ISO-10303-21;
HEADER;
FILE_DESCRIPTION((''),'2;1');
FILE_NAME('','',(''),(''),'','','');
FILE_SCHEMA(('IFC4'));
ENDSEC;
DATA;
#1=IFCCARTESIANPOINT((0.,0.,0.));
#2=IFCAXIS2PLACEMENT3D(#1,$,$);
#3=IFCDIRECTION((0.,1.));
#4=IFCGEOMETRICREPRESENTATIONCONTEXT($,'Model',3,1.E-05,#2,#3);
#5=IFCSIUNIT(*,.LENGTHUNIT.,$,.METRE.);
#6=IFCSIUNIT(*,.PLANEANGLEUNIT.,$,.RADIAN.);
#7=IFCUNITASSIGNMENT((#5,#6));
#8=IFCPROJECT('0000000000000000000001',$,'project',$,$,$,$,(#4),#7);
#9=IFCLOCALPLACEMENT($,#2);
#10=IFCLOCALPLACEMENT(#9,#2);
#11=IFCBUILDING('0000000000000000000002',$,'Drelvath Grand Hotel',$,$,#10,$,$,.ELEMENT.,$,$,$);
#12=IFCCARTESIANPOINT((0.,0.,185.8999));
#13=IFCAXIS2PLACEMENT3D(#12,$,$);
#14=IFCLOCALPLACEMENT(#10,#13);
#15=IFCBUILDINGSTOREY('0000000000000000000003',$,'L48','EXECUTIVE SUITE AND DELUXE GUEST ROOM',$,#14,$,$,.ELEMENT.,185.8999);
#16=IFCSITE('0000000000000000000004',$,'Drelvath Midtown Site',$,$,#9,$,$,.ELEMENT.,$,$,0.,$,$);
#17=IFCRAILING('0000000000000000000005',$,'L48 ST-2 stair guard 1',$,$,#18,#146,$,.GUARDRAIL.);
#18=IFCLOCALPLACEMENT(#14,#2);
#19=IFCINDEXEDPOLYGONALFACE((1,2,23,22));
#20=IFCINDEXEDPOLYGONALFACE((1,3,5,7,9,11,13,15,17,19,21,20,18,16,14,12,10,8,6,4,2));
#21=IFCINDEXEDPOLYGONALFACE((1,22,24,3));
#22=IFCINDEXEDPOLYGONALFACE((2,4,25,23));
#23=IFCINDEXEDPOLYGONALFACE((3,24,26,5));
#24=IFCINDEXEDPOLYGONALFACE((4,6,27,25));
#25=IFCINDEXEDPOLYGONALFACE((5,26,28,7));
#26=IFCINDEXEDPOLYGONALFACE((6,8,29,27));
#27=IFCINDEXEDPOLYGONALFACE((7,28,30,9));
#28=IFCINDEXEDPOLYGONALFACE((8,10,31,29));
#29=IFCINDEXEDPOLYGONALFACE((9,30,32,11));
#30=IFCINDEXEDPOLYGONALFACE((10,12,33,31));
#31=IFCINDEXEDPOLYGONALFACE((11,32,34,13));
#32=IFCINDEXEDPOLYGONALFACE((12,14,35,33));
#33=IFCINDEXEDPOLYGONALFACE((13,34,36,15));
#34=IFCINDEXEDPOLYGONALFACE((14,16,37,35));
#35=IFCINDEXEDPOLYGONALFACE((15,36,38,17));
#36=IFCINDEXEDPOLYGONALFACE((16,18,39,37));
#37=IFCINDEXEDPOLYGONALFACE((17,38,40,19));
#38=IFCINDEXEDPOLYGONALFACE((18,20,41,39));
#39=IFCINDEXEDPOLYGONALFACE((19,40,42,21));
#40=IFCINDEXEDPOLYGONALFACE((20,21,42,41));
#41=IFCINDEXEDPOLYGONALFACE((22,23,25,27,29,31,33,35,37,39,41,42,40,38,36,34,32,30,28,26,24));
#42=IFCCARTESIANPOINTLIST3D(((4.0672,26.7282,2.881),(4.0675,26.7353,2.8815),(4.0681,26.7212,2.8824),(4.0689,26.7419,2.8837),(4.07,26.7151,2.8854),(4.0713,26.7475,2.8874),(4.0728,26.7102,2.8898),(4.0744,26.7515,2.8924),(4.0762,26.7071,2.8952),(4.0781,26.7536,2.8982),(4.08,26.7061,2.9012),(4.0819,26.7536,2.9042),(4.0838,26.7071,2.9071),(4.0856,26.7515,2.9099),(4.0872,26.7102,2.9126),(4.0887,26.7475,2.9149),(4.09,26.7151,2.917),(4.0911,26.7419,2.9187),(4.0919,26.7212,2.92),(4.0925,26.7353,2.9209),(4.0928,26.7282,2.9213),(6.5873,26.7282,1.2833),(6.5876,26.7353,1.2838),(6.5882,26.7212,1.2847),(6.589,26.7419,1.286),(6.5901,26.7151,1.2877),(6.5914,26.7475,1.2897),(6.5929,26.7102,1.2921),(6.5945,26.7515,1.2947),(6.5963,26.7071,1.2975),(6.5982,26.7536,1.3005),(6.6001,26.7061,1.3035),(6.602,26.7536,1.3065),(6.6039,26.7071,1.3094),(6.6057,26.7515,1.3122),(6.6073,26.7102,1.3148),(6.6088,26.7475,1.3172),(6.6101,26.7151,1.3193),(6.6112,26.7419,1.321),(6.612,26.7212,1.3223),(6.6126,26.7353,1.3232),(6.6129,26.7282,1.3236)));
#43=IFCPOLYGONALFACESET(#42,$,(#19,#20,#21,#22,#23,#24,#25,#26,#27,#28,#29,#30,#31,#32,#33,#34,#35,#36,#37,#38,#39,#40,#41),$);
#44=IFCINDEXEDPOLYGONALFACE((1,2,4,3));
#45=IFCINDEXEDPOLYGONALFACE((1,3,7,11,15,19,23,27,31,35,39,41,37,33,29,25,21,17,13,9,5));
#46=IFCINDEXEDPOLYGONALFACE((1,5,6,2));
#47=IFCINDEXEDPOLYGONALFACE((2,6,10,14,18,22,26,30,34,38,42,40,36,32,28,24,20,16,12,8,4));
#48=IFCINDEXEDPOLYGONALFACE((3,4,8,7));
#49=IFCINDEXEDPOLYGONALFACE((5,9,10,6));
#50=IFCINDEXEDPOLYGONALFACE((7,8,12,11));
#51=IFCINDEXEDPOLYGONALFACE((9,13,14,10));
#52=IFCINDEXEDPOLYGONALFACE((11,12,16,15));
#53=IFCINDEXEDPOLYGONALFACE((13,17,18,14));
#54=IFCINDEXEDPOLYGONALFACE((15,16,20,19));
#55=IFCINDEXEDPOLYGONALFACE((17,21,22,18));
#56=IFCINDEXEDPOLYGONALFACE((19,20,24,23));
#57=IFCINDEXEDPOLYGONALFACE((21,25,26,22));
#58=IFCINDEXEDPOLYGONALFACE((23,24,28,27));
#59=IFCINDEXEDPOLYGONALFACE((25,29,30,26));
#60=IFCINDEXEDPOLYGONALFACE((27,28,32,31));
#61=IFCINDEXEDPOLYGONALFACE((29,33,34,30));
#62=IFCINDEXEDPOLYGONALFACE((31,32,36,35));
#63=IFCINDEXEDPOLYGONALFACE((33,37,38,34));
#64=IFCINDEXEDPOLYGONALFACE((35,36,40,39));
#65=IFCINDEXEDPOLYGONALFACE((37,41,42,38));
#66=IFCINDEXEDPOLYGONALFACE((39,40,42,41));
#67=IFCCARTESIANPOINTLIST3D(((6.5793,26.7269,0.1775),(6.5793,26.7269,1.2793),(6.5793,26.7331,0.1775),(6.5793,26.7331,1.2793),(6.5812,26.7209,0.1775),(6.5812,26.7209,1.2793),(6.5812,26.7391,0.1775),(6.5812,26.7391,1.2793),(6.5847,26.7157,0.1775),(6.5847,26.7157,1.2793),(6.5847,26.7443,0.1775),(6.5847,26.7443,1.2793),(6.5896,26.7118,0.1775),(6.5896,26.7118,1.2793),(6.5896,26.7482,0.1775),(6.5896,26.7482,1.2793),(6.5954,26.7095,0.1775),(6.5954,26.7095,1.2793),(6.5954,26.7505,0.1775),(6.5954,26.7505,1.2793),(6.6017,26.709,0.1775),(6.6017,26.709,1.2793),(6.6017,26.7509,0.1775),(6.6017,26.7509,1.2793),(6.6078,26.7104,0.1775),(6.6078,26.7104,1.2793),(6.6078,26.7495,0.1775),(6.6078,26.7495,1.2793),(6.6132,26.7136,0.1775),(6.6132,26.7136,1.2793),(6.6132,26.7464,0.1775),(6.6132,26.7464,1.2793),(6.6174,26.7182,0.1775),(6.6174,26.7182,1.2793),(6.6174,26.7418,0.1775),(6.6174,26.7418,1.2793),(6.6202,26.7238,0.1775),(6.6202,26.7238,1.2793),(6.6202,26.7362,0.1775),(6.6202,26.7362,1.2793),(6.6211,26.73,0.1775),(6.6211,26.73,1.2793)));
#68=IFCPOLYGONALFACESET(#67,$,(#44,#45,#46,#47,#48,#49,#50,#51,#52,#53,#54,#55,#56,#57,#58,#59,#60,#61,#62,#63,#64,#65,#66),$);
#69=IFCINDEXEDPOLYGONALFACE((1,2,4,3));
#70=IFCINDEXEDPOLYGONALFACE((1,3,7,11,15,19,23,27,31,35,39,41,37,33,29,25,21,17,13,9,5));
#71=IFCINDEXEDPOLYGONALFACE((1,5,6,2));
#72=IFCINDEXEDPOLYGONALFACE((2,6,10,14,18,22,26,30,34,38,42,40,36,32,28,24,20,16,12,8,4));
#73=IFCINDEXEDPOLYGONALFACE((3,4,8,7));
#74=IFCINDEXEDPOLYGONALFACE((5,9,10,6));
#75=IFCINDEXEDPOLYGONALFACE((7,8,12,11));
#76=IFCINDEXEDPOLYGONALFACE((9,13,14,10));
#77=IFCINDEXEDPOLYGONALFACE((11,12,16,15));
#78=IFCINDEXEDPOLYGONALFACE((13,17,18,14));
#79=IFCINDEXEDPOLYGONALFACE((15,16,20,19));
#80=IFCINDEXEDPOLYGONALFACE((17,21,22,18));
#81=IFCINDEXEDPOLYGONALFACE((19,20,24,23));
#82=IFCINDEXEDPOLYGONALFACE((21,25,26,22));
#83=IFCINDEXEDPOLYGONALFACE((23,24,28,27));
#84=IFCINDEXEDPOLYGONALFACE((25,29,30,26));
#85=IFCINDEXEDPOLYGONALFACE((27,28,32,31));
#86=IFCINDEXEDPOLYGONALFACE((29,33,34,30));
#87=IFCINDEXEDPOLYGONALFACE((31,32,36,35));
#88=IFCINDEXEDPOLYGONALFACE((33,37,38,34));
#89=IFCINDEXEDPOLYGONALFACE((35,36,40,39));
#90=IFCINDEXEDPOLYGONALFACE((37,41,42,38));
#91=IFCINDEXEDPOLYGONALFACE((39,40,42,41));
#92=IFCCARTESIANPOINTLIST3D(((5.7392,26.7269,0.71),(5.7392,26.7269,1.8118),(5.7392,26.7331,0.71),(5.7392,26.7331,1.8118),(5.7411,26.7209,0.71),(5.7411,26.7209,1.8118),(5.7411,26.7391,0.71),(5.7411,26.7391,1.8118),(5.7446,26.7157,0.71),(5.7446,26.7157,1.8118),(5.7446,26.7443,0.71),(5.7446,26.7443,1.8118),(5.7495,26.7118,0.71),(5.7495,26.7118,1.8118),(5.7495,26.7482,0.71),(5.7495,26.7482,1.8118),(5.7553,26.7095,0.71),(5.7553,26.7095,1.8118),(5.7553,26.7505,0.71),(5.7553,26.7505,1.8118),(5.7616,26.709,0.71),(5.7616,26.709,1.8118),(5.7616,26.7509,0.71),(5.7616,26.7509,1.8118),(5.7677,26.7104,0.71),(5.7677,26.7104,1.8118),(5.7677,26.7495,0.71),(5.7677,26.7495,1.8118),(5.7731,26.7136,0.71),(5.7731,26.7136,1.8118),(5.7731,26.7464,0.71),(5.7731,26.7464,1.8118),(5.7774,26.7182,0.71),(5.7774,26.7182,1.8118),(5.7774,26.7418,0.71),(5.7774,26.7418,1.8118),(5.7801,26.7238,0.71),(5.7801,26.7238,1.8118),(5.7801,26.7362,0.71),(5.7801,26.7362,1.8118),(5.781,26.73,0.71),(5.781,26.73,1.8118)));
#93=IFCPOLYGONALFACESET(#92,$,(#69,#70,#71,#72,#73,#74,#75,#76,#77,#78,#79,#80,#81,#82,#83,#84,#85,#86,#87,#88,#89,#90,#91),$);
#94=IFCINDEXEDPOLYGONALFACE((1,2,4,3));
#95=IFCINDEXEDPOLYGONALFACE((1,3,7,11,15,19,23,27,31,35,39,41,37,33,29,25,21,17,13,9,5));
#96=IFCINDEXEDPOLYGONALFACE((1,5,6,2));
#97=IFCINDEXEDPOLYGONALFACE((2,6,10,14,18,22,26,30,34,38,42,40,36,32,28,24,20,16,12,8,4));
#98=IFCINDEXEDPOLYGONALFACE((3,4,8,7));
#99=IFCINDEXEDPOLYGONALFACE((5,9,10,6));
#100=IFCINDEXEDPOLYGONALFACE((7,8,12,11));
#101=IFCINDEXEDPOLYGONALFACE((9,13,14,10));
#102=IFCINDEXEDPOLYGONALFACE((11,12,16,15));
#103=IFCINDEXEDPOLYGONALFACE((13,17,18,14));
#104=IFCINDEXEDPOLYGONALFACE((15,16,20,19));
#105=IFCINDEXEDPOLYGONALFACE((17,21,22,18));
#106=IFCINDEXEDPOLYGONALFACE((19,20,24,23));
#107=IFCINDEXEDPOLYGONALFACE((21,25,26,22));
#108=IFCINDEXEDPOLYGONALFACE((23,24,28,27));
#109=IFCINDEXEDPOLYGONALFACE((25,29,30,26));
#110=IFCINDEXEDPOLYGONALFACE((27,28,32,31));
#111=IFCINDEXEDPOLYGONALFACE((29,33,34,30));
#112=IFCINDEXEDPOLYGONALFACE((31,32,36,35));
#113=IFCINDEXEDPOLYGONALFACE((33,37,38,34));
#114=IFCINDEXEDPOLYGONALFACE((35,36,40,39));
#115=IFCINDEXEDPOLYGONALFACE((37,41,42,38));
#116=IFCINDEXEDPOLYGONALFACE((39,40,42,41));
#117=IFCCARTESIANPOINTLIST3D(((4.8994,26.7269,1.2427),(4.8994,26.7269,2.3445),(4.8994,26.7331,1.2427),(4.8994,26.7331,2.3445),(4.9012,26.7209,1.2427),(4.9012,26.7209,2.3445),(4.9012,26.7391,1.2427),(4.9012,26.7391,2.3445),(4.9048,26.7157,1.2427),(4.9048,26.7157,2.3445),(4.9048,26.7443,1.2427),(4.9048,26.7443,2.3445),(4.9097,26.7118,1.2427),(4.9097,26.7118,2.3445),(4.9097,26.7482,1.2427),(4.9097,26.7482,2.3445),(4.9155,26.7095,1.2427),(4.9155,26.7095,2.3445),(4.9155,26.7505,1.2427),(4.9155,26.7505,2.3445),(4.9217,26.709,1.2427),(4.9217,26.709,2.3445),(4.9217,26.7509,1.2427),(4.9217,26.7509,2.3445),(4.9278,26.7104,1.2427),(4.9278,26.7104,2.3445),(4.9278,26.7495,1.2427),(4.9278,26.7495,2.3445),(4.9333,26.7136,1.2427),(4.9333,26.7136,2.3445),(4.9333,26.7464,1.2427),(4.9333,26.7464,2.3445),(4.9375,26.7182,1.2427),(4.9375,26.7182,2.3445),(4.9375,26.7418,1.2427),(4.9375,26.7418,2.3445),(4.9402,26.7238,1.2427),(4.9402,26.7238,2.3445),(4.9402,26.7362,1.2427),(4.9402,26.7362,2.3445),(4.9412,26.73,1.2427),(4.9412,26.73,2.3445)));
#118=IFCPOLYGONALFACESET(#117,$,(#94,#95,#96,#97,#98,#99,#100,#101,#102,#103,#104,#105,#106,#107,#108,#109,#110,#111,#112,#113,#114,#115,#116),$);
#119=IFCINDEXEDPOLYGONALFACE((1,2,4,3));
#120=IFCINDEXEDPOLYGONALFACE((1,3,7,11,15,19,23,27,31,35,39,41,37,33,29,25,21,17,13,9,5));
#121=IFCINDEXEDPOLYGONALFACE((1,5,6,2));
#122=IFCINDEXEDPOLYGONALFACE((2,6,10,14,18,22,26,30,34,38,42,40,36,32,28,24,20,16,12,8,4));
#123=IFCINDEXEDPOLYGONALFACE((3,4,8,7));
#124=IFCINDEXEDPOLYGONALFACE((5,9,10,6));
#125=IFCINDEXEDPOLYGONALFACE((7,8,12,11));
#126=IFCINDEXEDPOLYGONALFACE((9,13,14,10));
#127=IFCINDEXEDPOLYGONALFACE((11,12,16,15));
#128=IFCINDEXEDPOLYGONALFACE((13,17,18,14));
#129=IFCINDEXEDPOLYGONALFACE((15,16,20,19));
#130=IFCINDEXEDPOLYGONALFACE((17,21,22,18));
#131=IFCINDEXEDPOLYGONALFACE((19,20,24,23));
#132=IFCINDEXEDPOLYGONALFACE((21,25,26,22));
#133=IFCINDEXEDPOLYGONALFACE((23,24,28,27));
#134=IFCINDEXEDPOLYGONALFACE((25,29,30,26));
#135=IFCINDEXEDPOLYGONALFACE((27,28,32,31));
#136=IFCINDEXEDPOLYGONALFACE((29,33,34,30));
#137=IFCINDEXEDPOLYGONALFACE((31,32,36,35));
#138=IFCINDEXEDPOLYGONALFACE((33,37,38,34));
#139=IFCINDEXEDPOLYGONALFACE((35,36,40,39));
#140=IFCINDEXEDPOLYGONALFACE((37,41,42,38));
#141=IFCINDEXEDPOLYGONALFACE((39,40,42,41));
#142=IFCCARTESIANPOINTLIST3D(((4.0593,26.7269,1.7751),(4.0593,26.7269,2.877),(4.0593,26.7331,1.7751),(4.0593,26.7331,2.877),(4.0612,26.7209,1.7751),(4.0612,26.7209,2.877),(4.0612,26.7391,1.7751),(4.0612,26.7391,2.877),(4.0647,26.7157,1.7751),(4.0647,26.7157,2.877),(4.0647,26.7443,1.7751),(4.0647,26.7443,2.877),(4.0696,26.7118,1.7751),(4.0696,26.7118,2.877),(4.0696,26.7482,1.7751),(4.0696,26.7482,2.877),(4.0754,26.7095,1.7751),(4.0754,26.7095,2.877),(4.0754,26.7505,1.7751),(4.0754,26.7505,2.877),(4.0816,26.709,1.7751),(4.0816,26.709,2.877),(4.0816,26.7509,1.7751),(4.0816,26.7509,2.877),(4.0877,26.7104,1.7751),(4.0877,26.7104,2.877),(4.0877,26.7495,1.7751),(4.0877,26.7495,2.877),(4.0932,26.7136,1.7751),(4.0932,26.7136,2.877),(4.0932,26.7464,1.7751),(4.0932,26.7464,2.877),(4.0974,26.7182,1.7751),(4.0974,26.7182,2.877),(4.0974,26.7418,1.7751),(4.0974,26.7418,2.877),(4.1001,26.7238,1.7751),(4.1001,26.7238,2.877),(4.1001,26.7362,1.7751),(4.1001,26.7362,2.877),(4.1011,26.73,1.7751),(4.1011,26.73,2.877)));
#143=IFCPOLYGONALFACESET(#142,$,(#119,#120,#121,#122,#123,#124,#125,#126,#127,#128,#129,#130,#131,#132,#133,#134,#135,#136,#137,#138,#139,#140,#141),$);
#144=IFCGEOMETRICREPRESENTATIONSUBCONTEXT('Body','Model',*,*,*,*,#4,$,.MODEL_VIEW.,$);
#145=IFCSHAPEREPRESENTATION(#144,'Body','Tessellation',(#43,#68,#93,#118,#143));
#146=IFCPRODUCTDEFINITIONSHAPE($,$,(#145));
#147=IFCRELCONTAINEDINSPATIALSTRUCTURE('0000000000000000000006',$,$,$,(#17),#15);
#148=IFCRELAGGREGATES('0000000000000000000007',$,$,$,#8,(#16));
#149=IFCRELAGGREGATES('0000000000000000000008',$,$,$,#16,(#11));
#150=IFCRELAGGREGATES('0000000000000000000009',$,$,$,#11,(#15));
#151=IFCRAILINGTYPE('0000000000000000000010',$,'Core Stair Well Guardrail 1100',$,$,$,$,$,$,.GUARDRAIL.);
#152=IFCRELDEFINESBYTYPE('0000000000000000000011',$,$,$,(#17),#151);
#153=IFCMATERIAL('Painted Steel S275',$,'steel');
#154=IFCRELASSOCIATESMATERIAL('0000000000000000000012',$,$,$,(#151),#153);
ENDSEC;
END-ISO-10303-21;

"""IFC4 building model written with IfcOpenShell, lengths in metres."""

from ifc_helpers import new_model, si_unit, direction, frame, origin, origin_2d, place, context, subcontext, project, spatial, circle, extrude, material, type_object, element, save


model = new_model("IFC4")

# Units and contexts
model_context = context("Model", 3, precision=1e-05, world=origin(), true_north=direction((0.0, 1.0)))
body_context = subcontext(model_context, "Body", "Model", "MODEL_VIEW")
ifc_project = project(units=[si_unit("LENGTHUNIT", "METRE"), si_unit("PLANEANGLEUNIT", "RADIAN")], contexts=[model_context])

# Site, building, storey
site_placement = place(None, origin())
site = spatial("IfcSite", under=ifc_project, at=site_placement, Name="Drelvath Midtown Site", CompositionType="ELEMENT", RefElevation=0.0)
building_placement = place(site_placement, origin())
building = spatial("IfcBuilding", under=site, at=building_placement, Name="Drelvath Grand Hotel", CompositionType="ELEMENT")
storey_placement = place(building_placement, frame((0.0, 0.0, 185.8999)))
storey = spatial("IfcBuildingStorey", under=building, at=storey_placement, Name="L48", Description="EXECUTIVE SUITE AND DELUXE GUEST ROOM", CompositionType="ELEMENT", Elevation=185.8999)

# Railing
ifc_material_1 = material(Name="Painted Steel S275", Category="steel")
railing_type_1 = type_object("IfcRailingType", Name="Core Stair Well Guardrail 1100", PredefinedType="GUARDRAIL", material=ifc_material_1)
railing_1_placement = place(storey_placement, frame((6.6001, 26.73, 0.1775)))
element("IfcRailing", 1, at=railing_1_placement, inside=storey, type_object=railing_type_1, Name="L48 ST-2 stair guard 1", PredefinedType="GUARDRAIL", context=body_context, shape_type="SweptSolid", body=[
    extrude(circle(Radius=0.0239, at=origin_2d()), frame((0.0, 0.0, 1.126), z_axis=(-0.84457, 0.0, 0.535445), x_axis=(0.0, -1.0, 0.0)), (0.0, 0.0, 1.0), 2.9839),
    extrude(circle(Radius=0.021, at=origin_2d()), origin(), (0.0, 0.0, 1.0), 1.1018),
    extrude(circle(Radius=0.021, at=origin_2d()), frame((-0.8401, 0.0, 0.5325)), (0.0, 0.0, 1.0), 1.1018),
    extrude(circle(Radius=0.021, at=origin_2d()), frame((-1.6799, 0.0, 1.0652)), (0.0, 0.0, 1.0), 1.1018),
    extrude(circle(Radius=0.021, at=origin_2d()), frame((-2.52, 0.0, 1.5977)), (0.0, 0.0, 1.0), 1.1018),
])

save(model, "model.ifc")
